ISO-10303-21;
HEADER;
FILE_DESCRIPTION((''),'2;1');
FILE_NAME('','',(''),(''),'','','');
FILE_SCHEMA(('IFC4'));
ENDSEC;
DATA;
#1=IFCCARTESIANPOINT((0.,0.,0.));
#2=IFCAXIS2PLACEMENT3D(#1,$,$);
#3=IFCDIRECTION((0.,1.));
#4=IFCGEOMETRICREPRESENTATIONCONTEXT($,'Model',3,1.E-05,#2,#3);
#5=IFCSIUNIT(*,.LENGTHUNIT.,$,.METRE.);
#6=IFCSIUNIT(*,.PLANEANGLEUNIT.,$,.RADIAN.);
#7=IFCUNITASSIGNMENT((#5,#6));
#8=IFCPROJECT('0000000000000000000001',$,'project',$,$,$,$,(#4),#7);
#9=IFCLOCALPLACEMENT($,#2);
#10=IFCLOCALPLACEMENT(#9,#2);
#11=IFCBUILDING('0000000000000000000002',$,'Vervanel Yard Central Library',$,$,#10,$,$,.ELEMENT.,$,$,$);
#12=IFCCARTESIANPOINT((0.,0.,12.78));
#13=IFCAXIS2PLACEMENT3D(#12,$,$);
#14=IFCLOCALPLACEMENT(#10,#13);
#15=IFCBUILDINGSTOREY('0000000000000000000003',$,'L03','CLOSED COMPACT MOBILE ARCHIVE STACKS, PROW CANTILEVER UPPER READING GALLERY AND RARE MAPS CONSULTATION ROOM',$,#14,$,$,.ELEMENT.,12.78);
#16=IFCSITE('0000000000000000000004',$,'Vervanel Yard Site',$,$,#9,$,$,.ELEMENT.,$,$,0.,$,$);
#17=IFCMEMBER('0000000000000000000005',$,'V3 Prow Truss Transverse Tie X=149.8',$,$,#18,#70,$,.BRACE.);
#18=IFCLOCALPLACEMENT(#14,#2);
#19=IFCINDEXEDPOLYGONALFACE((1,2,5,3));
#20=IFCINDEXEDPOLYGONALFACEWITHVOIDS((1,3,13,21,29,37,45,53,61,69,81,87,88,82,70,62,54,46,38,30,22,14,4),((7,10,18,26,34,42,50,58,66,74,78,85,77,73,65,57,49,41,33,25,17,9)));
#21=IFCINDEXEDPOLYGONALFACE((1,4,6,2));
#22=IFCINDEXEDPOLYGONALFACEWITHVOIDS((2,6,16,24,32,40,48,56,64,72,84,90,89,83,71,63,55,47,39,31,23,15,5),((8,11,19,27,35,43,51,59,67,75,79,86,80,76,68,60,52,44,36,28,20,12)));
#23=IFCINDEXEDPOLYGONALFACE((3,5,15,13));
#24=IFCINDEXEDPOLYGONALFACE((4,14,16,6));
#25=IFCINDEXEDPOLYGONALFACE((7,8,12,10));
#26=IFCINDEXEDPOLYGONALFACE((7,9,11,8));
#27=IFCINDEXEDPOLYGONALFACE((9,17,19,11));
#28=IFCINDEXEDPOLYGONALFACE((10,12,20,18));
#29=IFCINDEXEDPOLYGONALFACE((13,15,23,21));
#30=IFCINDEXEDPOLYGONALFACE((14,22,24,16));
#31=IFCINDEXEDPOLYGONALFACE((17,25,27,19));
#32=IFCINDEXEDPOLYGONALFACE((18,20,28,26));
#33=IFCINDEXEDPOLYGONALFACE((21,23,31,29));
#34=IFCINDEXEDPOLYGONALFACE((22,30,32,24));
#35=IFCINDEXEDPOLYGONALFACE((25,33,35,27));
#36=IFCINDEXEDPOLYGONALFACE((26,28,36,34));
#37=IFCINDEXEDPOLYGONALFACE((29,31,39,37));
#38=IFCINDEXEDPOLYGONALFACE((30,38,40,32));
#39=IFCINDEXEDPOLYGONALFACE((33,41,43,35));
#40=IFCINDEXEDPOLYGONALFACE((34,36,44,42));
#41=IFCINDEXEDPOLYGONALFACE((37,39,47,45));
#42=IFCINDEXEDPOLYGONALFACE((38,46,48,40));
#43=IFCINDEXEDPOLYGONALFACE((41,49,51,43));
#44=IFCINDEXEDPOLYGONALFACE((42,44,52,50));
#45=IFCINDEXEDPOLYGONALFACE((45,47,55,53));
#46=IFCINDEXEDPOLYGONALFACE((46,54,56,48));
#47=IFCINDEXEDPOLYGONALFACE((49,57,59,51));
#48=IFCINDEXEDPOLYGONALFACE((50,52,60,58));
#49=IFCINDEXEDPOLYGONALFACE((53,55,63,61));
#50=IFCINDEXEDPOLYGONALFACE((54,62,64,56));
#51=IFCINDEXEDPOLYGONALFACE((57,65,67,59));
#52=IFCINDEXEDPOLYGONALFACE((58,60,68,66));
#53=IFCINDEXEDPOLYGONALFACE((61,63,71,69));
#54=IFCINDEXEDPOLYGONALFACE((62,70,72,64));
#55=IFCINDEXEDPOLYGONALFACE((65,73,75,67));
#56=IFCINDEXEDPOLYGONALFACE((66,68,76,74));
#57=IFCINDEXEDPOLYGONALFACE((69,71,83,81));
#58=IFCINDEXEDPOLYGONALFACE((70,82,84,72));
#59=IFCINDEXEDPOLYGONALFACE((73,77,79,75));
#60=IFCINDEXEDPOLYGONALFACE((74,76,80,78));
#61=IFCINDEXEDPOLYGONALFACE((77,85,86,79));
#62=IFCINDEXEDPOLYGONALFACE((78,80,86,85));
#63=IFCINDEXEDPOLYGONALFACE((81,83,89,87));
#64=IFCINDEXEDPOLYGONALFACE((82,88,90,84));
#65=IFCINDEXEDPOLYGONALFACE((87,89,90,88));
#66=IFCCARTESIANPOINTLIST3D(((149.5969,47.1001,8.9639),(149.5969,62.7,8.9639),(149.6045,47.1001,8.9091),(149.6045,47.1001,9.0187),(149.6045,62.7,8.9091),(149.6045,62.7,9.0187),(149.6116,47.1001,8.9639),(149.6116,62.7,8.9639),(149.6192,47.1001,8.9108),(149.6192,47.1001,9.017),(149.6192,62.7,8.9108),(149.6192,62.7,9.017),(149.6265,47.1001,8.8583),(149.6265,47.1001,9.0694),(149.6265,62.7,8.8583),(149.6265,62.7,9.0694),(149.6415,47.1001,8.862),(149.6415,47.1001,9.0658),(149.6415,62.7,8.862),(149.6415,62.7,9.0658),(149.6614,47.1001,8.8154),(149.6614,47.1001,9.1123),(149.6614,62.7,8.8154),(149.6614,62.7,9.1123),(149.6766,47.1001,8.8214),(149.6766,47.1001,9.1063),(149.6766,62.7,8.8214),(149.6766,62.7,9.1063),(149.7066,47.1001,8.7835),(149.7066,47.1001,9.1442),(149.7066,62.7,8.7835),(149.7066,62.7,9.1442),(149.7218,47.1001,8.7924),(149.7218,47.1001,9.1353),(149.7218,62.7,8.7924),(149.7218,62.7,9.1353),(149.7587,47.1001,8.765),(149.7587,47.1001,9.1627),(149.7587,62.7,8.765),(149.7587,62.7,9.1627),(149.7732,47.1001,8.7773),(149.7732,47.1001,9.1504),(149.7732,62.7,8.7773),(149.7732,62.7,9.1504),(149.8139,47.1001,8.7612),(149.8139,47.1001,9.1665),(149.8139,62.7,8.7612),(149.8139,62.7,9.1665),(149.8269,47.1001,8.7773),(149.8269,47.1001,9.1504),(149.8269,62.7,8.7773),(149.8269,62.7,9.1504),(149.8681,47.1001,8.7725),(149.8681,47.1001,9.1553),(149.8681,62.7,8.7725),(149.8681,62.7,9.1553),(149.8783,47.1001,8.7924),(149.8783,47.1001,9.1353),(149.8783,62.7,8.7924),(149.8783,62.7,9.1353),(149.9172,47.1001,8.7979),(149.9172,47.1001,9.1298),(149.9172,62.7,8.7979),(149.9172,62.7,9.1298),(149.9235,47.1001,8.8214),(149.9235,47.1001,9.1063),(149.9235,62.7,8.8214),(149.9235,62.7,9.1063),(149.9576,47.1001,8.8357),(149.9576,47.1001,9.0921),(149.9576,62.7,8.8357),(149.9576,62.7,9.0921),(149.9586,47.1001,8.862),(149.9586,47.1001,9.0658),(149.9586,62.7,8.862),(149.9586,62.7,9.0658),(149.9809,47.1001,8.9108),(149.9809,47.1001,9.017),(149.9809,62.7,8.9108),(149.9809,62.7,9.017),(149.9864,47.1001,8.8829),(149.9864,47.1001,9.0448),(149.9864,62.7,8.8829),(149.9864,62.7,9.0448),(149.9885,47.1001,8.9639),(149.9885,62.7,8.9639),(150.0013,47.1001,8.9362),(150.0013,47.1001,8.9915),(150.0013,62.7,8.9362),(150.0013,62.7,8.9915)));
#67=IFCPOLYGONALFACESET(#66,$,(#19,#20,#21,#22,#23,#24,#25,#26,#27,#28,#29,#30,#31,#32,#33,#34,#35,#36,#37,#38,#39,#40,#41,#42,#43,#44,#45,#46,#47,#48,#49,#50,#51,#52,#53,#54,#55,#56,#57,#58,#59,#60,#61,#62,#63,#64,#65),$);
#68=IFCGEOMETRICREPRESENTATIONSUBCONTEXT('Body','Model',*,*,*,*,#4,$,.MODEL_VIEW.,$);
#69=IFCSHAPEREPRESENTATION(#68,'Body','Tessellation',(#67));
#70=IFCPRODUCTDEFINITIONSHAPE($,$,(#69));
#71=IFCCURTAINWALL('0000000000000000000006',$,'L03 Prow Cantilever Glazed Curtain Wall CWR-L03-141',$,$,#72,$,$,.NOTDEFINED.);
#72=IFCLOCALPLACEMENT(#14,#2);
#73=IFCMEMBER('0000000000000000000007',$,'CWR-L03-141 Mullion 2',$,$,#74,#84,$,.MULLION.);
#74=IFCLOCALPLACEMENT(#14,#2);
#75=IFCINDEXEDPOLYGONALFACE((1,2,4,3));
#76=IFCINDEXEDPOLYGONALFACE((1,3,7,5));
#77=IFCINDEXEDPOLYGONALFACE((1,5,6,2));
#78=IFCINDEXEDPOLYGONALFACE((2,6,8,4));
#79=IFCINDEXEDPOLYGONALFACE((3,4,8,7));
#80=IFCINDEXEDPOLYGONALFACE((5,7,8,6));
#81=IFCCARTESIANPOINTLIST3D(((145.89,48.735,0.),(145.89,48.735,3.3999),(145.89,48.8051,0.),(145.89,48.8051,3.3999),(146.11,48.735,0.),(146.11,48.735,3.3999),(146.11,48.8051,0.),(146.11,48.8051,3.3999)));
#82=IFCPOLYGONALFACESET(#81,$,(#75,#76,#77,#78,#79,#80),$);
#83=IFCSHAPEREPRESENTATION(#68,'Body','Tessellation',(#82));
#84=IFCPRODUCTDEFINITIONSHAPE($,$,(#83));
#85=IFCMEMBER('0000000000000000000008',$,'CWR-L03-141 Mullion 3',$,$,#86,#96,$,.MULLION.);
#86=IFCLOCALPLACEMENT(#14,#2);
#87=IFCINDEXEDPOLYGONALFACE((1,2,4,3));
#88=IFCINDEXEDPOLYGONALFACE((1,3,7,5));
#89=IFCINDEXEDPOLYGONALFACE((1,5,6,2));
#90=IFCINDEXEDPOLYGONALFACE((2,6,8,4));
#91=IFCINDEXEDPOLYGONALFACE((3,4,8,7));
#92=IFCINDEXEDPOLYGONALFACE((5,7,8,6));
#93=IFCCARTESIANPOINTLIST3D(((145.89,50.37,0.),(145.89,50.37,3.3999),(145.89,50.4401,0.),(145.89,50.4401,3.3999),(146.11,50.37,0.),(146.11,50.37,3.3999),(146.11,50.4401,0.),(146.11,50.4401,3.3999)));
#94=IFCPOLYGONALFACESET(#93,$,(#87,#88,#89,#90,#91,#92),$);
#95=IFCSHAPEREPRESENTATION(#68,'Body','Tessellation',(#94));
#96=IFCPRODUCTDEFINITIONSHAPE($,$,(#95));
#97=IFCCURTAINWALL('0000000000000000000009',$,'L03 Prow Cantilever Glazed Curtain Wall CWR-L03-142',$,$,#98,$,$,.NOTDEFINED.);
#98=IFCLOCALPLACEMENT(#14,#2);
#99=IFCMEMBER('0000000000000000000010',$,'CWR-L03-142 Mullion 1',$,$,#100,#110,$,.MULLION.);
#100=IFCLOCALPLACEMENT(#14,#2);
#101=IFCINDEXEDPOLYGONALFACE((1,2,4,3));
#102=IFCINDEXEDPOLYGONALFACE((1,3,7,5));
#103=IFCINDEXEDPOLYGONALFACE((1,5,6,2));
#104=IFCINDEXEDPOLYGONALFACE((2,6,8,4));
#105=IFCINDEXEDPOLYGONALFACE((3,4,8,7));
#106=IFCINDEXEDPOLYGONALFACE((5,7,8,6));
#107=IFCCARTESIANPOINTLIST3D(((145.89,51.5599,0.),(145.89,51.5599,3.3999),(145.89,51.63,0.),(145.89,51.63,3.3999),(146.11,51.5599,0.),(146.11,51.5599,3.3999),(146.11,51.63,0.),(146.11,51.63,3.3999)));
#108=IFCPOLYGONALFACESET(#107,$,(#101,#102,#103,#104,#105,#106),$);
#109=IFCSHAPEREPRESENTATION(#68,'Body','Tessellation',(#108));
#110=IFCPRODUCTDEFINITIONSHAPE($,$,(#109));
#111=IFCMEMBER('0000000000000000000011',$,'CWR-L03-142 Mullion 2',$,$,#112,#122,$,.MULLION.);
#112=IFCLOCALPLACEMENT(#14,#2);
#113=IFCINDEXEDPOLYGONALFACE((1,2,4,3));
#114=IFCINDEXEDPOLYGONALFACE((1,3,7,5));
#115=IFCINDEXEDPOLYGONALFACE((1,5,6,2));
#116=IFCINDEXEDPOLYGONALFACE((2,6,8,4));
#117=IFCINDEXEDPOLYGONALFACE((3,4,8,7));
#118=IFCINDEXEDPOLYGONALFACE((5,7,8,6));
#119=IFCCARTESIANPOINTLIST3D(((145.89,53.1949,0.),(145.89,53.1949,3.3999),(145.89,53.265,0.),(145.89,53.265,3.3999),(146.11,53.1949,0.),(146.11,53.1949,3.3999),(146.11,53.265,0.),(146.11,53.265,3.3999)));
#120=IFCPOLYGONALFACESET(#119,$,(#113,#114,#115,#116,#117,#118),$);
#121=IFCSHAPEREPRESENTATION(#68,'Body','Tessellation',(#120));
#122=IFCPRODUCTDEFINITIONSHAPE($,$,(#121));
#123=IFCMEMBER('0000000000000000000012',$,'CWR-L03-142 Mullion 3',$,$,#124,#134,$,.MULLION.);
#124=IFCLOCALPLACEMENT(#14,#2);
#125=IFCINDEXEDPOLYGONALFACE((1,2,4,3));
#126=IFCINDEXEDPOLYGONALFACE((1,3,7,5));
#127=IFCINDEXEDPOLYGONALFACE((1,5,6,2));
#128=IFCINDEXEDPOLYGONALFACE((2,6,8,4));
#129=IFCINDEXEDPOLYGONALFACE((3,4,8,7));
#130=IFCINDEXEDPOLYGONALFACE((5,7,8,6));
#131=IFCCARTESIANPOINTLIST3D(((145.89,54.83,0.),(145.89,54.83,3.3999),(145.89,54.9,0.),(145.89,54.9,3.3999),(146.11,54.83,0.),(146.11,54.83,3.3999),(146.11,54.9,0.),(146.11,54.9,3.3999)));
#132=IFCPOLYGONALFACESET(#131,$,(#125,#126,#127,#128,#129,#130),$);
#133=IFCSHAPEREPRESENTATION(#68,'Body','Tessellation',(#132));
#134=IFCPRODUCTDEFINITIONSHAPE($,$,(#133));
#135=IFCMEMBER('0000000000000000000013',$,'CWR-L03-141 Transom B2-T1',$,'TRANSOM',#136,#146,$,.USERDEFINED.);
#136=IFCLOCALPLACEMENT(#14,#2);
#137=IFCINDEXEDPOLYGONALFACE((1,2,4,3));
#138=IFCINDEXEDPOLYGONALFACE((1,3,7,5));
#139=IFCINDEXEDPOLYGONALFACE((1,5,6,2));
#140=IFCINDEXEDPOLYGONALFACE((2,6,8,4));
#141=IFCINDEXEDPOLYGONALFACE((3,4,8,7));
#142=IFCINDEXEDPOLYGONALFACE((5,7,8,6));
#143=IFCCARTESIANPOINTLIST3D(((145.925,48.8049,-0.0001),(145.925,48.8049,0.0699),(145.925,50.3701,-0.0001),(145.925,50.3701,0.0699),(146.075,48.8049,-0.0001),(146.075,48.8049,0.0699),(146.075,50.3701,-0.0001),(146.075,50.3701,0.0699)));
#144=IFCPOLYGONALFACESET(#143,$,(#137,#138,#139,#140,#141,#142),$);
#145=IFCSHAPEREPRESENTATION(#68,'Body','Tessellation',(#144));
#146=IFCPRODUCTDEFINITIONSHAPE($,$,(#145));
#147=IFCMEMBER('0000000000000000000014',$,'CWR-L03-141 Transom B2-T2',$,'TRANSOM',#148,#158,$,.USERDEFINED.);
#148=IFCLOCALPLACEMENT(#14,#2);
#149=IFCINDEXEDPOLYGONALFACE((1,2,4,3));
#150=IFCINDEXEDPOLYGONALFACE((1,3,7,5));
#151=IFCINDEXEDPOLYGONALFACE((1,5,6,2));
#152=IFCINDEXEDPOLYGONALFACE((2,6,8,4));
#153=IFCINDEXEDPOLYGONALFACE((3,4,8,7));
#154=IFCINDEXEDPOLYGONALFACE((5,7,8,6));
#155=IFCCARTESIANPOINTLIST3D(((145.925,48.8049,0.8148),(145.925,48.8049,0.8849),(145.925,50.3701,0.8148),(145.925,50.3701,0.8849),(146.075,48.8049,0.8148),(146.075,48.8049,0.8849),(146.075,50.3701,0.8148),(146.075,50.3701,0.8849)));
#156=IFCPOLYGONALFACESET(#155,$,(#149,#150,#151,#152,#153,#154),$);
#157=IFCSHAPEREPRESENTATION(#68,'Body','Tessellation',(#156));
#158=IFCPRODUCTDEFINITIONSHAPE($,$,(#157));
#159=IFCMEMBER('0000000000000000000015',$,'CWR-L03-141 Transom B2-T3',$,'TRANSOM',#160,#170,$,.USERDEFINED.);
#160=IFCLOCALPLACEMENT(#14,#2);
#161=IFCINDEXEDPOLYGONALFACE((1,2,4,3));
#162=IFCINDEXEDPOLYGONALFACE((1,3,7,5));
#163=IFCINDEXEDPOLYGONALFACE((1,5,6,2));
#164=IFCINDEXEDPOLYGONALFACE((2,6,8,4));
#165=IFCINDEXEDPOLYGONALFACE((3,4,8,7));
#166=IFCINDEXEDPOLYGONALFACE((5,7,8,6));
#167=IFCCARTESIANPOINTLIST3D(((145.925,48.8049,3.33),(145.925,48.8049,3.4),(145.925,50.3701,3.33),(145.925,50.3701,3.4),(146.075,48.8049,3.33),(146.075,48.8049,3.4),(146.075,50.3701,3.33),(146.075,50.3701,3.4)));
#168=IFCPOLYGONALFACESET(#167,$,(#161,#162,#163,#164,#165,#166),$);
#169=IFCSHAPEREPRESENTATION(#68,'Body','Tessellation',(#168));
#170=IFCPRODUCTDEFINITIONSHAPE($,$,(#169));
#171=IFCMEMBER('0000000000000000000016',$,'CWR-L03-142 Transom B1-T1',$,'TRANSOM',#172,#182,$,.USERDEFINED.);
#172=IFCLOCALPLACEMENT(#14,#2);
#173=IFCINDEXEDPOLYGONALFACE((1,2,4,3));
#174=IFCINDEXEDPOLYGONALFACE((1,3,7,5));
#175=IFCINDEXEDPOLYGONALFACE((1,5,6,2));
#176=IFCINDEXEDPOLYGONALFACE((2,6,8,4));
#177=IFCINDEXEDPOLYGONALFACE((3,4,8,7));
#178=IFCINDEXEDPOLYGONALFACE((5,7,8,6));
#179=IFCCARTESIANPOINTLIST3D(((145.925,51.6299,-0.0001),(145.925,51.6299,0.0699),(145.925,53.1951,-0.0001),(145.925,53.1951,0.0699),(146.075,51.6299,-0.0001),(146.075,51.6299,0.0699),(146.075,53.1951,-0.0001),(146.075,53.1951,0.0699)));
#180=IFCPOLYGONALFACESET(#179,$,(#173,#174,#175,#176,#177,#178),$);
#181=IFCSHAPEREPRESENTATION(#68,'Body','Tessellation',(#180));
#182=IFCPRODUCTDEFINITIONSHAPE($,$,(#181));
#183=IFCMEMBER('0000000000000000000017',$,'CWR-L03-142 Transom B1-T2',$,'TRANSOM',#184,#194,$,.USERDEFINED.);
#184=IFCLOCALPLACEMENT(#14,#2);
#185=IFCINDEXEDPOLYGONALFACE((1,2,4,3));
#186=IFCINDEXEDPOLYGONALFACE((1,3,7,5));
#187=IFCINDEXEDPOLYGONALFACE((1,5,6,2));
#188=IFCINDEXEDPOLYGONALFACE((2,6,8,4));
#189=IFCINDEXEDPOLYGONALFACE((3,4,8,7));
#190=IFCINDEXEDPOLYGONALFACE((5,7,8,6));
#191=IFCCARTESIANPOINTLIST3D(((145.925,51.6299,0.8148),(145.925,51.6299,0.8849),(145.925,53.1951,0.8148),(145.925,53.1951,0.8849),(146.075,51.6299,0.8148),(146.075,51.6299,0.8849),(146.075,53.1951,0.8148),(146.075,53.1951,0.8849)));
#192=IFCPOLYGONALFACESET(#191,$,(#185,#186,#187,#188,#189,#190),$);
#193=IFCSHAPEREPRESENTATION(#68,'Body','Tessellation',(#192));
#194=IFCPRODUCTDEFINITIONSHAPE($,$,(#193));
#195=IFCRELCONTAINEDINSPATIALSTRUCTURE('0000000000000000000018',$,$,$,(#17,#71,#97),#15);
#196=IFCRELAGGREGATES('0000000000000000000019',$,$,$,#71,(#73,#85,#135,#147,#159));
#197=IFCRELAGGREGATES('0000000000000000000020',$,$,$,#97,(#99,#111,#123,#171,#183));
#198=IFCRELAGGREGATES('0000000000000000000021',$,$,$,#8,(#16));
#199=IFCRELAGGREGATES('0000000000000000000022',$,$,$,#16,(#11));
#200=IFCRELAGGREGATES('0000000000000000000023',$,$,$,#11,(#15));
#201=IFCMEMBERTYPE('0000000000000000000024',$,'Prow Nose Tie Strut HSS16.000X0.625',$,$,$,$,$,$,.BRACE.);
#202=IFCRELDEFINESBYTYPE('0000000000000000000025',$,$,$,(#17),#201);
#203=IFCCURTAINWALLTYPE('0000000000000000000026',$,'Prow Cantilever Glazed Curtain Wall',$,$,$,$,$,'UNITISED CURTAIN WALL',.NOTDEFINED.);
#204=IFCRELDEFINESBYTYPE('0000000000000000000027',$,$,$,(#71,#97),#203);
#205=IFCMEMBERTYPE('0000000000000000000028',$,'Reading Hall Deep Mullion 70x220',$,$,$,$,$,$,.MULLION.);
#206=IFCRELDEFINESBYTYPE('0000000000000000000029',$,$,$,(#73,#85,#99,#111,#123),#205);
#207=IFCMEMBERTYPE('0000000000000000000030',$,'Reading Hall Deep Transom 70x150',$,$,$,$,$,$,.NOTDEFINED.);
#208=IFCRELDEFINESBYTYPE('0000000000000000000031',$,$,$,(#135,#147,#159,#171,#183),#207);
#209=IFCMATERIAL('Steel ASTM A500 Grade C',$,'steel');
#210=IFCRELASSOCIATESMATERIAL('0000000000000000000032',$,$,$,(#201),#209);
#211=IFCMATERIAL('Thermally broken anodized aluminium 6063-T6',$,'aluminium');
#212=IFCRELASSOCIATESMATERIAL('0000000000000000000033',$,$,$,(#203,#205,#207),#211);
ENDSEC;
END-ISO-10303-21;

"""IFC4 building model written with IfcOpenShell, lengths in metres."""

from ifc_helpers import new_model, si_unit, direction, frame, origin, origin_2d, place, context, subcontext, project, spatial, rectangle, hollow_circle, extrude, material, material_profile, profile_set, type_object, element, aggregate, save


model = new_model("IFC4")

# Units and contexts
model_context = context("Model", 3, precision=1e-05, world=origin(), true_north=direction((0.0, 1.0)))
body_context = subcontext(model_context, "Body", "Model", "MODEL_VIEW")
ifc_project = project(units=[si_unit("LENGTHUNIT", "METRE"), si_unit("PLANEANGLEUNIT", "RADIAN")], contexts=[model_context])

# Site, building, storey
site_placement = place(None, origin())
site = spatial("IfcSite", under=ifc_project, at=site_placement, Name="Vervanel Yard Site", CompositionType="ELEMENT", RefElevation=0.0)
building_placement = place(site_placement, origin())
building = spatial("IfcBuilding", under=site, at=building_placement, Name="Vervanel Yard Central Library", CompositionType="ELEMENT")
storey_placement = place(building_placement, frame((0.0, 0.0, 12.78)))
storey = spatial("IfcBuildingStorey", under=building, at=storey_placement, Name="L03", Description="CLOSED COMPACT MOBILE ARCHIVE STACKS, PROW CANTILEVER UPPER READING GALLERY AND RARE MAPS CONSULTATION ROOM", CompositionType="ELEMENT", Elevation=12.78)

# Member
ifc_material_1 = material(Name="Steel ASTM A500 Grade C", Category="steel")
ifc_material_profile_1 = material_profile(ifc_material_1, hollow_circle(Radius=0.2031, WallThickness=0.0146, at=origin_2d()), Name="HSS16.000X0.625", Category="steel")
ifc_profile_set_1 = profile_set([ifc_material_profile_1], Name="Steel ASTM A500 Grade C")
member_type_1 = type_object("IfcMemberType", Name="Prow Nose Tie Strut HSS16.000X0.625", PredefinedType="BRACE", material=ifc_profile_set_1)
member_1_placement = place(storey_placement, frame((149.8, 47.1001, 8.9639), z_axis=(0.0, 1.0, 0.0), x_axis=(-1.0, 0.0, 0.0)))
element("IfcMember", 1, at=member_1_placement, inside=storey, type_object=member_type_1, Name="V3 Prow Truss Transverse Tie X=149.8", PredefinedType="BRACE", context=body_context, shape_type="SweptSolid", body=[
    extrude(hollow_circle(Radius=0.2031, WallThickness=0.0146, at=origin_2d()), origin(), (0.0, 0.0, 1.0), 15.5999),
])

# Curtain walls, members
ifc_material_2 = material(Name="Thermally broken anodized aluminium 6063-T6", Category="aluminium")
curtain_wall_type = type_object("IfcCurtainWallType", Name="Prow Cantilever Glazed Curtain Wall", ElementType="UNITISED CURTAIN WALL", PredefinedType="NOTDEFINED", material=ifc_material_2)
curtain_wall_1_placement = place(storey_placement, origin())
curtain_wall_1 = element("IfcCurtainWall", 2, at=curtain_wall_1_placement, inside=storey, type_object=curtain_wall_type, Name="L03 Prow Cantilever Glazed Curtain Wall CWR-L03-141", PredefinedType="NOTDEFINED")
ifc_material_profile_2 = material_profile(ifc_material_2, rectangle(XDim=0.0701, YDim=0.22, at=origin_2d()), Name="ALU 70x220", Category="aluminium")
ifc_profile_set_2 = profile_set([ifc_material_profile_2], Name="Thermally broken anodized aluminium 6063-T6")
member_type_2 = type_object("IfcMemberType", Name="Reading Hall Deep Mullion 70x220", PredefinedType="MULLION", material=ifc_profile_set_2)
member_2_placement = place(storey_placement, frame((146.0, 48.77, 0.0), z_axis=(0.0, 0.0, 1.0), x_axis=(0.0, 1.0, 0.0)))
member_2 = element("IfcMember", 3, at=member_2_placement, type_object=member_type_2, Name="CWR-L03-141 Mullion 2", PredefinedType="MULLION", context=body_context, shape_type="SweptSolid", body=[
    extrude(rectangle(XDim=0.0701, YDim=0.22, at=origin_2d()), origin(), (0.0, 0.0, 1.0), 3.3999),
])
member_3_placement = place(storey_placement, frame((146.0, 50.405, 0.0), z_axis=(0.0, 0.0, 1.0), x_axis=(0.0, 1.0, 0.0)))
member_3 = element("IfcMember", 4, at=member_3_placement, type_object=member_type_2, Name="CWR-L03-141 Mullion 3", PredefinedType="MULLION", context=body_context, shape_type="SweptSolid", body=[
    extrude(rectangle(XDim=0.0701, YDim=0.22, at=origin_2d()), origin(), (0.0, 0.0, 1.0), 3.3999),
])
curtain_wall_2_placement = place(storey_placement, origin())
curtain_wall_2 = element("IfcCurtainWall", 5, at=curtain_wall_2_placement, inside=storey, type_object=curtain_wall_type, Name="L03 Prow Cantilever Glazed Curtain Wall CWR-L03-142", PredefinedType="NOTDEFINED")
member_4_placement = place(storey_placement, frame((146.0, 51.595, 0.0), z_axis=(0.0, 0.0, 1.0), x_axis=(0.0, 1.0, 0.0)))
member_4 = element("IfcMember", 6, at=member_4_placement, type_object=member_type_2, Name="CWR-L03-142 Mullion 1", PredefinedType="MULLION", context=body_context, shape_type="SweptSolid", body=[
    extrude(rectangle(XDim=0.0701, YDim=0.22, at=origin_2d()), origin(), (0.0, 0.0, 1.0), 3.3999),
])
member_5_placement = place(storey_placement, frame((146.0, 53.23, 0.0), z_axis=(0.0, 0.0, 1.0), x_axis=(0.0, 1.0, 0.0)))
member_5 = element("IfcMember", 7, at=member_5_placement, type_object=member_type_2, Name="CWR-L03-142 Mullion 2", PredefinedType="MULLION", context=body_context, shape_type="SweptSolid", body=[
    extrude(rectangle(XDim=0.0701, YDim=0.22, at=origin_2d()), origin(), (0.0, 0.0, 1.0), 3.3999),
])
member_6_placement = place(storey_placement, frame((146.0, 54.865, 0.0), z_axis=(0.0, 0.0, 1.0), x_axis=(0.0, 1.0, 0.0)))
member_6 = element("IfcMember", 8, at=member_6_placement, type_object=member_type_2, Name="CWR-L03-142 Mullion 3", PredefinedType="MULLION", context=body_context, shape_type="SweptSolid", body=[
    extrude(rectangle(XDim=0.0701, YDim=0.22, at=origin_2d()), origin(), (0.0, 0.0, 1.0), 3.3999),
])

# Members
ifc_material_profile_3 = material_profile(ifc_material_2, rectangle(XDim=0.0701, YDim=0.1499, at=origin_2d()), Name="ALU 70x150", Category="aluminium")
ifc_profile_set_3 = profile_set([ifc_material_profile_3], Name="Thermally broken anodized aluminium 6063-T6")
member_type_3 = type_object("IfcMemberType", Name="Reading Hall Deep Transom 70x150", PredefinedType="NOTDEFINED", material=ifc_profile_set_3)
member_7_placement = place(storey_placement, frame((146.0, 48.8049, 0.0349), z_axis=(0.0, 1.0, 0.0), x_axis=(0.0, 0.0, 1.0)))
member_7 = element("IfcMember", 9, at=member_7_placement, type_object=member_type_3, Name="CWR-L03-141 Transom B2-T1", ObjectType="TRANSOM", PredefinedType="USERDEFINED", context=body_context, shape_type="SweptSolid", body=[
    extrude(rectangle(XDim=0.0701, YDim=0.1499, at=origin_2d()), origin(), (0.0, 0.0, 1.0), 1.5652),
])
member_8_placement = place(storey_placement, frame((146.0, 48.8049, 0.8499), z_axis=(0.0, 1.0, 0.0), x_axis=(0.0, 0.0, 1.0)))
member_8 = element("IfcMember", 10, at=member_8_placement, type_object=member_type_3, Name="CWR-L03-141 Transom B2-T2", ObjectType="TRANSOM", PredefinedType="USERDEFINED", context=body_context, shape_type="SweptSolid", body=[
    extrude(rectangle(XDim=0.0701, YDim=0.1499, at=origin_2d()), origin(), (0.0, 0.0, 1.0), 1.5652),
])
member_9_placement = place(storey_placement, frame((146.0, 48.8049, 3.365), z_axis=(0.0, 1.0, 0.0), x_axis=(0.0, 0.0, 1.0)))
member_9 = element("IfcMember", 11, at=member_9_placement, type_object=member_type_3, Name="CWR-L03-141 Transom B2-T3", ObjectType="TRANSOM", PredefinedType="USERDEFINED", context=body_context, shape_type="SweptSolid", body=[
    extrude(rectangle(XDim=0.0701, YDim=0.1499, at=origin_2d()), origin(), (0.0, 0.0, 1.0), 1.5652),
])
member_10_placement = place(storey_placement, frame((146.0, 51.6299, 0.0349), z_axis=(0.0, 1.0, 0.0), x_axis=(0.0, 0.0, 1.0)))
member_10 = element("IfcMember", 12, at=member_10_placement, type_object=member_type_3, Name="CWR-L03-142 Transom B1-T1", ObjectType="TRANSOM", PredefinedType="USERDEFINED", context=body_context, shape_type="SweptSolid", body=[
    extrude(rectangle(XDim=0.0701, YDim=0.1499, at=origin_2d()), origin(), (0.0, 0.0, 1.0), 1.5652),
])
member_11_placement = place(storey_placement, frame((146.0, 51.6299, 0.8499), z_axis=(0.0, 1.0, 0.0), x_axis=(0.0, 0.0, 1.0)))
member_11 = element("IfcMember", 13, at=member_11_placement, type_object=member_type_3, Name="CWR-L03-142 Transom B1-T2", ObjectType="TRANSOM", PredefinedType="USERDEFINED", context=body_context, shape_type="SweptSolid", body=[
    extrude(rectangle(XDim=0.0701, YDim=0.1499, at=origin_2d()), origin(), (0.0, 0.0, 1.0), 1.5652),
])

aggregate(curtain_wall_1, [member_2, member_3, member_7, member_8, member_9])
aggregate(curtain_wall_2, [member_4, member_5, member_6, member_10, member_11])

save(model, "model.ifc")
